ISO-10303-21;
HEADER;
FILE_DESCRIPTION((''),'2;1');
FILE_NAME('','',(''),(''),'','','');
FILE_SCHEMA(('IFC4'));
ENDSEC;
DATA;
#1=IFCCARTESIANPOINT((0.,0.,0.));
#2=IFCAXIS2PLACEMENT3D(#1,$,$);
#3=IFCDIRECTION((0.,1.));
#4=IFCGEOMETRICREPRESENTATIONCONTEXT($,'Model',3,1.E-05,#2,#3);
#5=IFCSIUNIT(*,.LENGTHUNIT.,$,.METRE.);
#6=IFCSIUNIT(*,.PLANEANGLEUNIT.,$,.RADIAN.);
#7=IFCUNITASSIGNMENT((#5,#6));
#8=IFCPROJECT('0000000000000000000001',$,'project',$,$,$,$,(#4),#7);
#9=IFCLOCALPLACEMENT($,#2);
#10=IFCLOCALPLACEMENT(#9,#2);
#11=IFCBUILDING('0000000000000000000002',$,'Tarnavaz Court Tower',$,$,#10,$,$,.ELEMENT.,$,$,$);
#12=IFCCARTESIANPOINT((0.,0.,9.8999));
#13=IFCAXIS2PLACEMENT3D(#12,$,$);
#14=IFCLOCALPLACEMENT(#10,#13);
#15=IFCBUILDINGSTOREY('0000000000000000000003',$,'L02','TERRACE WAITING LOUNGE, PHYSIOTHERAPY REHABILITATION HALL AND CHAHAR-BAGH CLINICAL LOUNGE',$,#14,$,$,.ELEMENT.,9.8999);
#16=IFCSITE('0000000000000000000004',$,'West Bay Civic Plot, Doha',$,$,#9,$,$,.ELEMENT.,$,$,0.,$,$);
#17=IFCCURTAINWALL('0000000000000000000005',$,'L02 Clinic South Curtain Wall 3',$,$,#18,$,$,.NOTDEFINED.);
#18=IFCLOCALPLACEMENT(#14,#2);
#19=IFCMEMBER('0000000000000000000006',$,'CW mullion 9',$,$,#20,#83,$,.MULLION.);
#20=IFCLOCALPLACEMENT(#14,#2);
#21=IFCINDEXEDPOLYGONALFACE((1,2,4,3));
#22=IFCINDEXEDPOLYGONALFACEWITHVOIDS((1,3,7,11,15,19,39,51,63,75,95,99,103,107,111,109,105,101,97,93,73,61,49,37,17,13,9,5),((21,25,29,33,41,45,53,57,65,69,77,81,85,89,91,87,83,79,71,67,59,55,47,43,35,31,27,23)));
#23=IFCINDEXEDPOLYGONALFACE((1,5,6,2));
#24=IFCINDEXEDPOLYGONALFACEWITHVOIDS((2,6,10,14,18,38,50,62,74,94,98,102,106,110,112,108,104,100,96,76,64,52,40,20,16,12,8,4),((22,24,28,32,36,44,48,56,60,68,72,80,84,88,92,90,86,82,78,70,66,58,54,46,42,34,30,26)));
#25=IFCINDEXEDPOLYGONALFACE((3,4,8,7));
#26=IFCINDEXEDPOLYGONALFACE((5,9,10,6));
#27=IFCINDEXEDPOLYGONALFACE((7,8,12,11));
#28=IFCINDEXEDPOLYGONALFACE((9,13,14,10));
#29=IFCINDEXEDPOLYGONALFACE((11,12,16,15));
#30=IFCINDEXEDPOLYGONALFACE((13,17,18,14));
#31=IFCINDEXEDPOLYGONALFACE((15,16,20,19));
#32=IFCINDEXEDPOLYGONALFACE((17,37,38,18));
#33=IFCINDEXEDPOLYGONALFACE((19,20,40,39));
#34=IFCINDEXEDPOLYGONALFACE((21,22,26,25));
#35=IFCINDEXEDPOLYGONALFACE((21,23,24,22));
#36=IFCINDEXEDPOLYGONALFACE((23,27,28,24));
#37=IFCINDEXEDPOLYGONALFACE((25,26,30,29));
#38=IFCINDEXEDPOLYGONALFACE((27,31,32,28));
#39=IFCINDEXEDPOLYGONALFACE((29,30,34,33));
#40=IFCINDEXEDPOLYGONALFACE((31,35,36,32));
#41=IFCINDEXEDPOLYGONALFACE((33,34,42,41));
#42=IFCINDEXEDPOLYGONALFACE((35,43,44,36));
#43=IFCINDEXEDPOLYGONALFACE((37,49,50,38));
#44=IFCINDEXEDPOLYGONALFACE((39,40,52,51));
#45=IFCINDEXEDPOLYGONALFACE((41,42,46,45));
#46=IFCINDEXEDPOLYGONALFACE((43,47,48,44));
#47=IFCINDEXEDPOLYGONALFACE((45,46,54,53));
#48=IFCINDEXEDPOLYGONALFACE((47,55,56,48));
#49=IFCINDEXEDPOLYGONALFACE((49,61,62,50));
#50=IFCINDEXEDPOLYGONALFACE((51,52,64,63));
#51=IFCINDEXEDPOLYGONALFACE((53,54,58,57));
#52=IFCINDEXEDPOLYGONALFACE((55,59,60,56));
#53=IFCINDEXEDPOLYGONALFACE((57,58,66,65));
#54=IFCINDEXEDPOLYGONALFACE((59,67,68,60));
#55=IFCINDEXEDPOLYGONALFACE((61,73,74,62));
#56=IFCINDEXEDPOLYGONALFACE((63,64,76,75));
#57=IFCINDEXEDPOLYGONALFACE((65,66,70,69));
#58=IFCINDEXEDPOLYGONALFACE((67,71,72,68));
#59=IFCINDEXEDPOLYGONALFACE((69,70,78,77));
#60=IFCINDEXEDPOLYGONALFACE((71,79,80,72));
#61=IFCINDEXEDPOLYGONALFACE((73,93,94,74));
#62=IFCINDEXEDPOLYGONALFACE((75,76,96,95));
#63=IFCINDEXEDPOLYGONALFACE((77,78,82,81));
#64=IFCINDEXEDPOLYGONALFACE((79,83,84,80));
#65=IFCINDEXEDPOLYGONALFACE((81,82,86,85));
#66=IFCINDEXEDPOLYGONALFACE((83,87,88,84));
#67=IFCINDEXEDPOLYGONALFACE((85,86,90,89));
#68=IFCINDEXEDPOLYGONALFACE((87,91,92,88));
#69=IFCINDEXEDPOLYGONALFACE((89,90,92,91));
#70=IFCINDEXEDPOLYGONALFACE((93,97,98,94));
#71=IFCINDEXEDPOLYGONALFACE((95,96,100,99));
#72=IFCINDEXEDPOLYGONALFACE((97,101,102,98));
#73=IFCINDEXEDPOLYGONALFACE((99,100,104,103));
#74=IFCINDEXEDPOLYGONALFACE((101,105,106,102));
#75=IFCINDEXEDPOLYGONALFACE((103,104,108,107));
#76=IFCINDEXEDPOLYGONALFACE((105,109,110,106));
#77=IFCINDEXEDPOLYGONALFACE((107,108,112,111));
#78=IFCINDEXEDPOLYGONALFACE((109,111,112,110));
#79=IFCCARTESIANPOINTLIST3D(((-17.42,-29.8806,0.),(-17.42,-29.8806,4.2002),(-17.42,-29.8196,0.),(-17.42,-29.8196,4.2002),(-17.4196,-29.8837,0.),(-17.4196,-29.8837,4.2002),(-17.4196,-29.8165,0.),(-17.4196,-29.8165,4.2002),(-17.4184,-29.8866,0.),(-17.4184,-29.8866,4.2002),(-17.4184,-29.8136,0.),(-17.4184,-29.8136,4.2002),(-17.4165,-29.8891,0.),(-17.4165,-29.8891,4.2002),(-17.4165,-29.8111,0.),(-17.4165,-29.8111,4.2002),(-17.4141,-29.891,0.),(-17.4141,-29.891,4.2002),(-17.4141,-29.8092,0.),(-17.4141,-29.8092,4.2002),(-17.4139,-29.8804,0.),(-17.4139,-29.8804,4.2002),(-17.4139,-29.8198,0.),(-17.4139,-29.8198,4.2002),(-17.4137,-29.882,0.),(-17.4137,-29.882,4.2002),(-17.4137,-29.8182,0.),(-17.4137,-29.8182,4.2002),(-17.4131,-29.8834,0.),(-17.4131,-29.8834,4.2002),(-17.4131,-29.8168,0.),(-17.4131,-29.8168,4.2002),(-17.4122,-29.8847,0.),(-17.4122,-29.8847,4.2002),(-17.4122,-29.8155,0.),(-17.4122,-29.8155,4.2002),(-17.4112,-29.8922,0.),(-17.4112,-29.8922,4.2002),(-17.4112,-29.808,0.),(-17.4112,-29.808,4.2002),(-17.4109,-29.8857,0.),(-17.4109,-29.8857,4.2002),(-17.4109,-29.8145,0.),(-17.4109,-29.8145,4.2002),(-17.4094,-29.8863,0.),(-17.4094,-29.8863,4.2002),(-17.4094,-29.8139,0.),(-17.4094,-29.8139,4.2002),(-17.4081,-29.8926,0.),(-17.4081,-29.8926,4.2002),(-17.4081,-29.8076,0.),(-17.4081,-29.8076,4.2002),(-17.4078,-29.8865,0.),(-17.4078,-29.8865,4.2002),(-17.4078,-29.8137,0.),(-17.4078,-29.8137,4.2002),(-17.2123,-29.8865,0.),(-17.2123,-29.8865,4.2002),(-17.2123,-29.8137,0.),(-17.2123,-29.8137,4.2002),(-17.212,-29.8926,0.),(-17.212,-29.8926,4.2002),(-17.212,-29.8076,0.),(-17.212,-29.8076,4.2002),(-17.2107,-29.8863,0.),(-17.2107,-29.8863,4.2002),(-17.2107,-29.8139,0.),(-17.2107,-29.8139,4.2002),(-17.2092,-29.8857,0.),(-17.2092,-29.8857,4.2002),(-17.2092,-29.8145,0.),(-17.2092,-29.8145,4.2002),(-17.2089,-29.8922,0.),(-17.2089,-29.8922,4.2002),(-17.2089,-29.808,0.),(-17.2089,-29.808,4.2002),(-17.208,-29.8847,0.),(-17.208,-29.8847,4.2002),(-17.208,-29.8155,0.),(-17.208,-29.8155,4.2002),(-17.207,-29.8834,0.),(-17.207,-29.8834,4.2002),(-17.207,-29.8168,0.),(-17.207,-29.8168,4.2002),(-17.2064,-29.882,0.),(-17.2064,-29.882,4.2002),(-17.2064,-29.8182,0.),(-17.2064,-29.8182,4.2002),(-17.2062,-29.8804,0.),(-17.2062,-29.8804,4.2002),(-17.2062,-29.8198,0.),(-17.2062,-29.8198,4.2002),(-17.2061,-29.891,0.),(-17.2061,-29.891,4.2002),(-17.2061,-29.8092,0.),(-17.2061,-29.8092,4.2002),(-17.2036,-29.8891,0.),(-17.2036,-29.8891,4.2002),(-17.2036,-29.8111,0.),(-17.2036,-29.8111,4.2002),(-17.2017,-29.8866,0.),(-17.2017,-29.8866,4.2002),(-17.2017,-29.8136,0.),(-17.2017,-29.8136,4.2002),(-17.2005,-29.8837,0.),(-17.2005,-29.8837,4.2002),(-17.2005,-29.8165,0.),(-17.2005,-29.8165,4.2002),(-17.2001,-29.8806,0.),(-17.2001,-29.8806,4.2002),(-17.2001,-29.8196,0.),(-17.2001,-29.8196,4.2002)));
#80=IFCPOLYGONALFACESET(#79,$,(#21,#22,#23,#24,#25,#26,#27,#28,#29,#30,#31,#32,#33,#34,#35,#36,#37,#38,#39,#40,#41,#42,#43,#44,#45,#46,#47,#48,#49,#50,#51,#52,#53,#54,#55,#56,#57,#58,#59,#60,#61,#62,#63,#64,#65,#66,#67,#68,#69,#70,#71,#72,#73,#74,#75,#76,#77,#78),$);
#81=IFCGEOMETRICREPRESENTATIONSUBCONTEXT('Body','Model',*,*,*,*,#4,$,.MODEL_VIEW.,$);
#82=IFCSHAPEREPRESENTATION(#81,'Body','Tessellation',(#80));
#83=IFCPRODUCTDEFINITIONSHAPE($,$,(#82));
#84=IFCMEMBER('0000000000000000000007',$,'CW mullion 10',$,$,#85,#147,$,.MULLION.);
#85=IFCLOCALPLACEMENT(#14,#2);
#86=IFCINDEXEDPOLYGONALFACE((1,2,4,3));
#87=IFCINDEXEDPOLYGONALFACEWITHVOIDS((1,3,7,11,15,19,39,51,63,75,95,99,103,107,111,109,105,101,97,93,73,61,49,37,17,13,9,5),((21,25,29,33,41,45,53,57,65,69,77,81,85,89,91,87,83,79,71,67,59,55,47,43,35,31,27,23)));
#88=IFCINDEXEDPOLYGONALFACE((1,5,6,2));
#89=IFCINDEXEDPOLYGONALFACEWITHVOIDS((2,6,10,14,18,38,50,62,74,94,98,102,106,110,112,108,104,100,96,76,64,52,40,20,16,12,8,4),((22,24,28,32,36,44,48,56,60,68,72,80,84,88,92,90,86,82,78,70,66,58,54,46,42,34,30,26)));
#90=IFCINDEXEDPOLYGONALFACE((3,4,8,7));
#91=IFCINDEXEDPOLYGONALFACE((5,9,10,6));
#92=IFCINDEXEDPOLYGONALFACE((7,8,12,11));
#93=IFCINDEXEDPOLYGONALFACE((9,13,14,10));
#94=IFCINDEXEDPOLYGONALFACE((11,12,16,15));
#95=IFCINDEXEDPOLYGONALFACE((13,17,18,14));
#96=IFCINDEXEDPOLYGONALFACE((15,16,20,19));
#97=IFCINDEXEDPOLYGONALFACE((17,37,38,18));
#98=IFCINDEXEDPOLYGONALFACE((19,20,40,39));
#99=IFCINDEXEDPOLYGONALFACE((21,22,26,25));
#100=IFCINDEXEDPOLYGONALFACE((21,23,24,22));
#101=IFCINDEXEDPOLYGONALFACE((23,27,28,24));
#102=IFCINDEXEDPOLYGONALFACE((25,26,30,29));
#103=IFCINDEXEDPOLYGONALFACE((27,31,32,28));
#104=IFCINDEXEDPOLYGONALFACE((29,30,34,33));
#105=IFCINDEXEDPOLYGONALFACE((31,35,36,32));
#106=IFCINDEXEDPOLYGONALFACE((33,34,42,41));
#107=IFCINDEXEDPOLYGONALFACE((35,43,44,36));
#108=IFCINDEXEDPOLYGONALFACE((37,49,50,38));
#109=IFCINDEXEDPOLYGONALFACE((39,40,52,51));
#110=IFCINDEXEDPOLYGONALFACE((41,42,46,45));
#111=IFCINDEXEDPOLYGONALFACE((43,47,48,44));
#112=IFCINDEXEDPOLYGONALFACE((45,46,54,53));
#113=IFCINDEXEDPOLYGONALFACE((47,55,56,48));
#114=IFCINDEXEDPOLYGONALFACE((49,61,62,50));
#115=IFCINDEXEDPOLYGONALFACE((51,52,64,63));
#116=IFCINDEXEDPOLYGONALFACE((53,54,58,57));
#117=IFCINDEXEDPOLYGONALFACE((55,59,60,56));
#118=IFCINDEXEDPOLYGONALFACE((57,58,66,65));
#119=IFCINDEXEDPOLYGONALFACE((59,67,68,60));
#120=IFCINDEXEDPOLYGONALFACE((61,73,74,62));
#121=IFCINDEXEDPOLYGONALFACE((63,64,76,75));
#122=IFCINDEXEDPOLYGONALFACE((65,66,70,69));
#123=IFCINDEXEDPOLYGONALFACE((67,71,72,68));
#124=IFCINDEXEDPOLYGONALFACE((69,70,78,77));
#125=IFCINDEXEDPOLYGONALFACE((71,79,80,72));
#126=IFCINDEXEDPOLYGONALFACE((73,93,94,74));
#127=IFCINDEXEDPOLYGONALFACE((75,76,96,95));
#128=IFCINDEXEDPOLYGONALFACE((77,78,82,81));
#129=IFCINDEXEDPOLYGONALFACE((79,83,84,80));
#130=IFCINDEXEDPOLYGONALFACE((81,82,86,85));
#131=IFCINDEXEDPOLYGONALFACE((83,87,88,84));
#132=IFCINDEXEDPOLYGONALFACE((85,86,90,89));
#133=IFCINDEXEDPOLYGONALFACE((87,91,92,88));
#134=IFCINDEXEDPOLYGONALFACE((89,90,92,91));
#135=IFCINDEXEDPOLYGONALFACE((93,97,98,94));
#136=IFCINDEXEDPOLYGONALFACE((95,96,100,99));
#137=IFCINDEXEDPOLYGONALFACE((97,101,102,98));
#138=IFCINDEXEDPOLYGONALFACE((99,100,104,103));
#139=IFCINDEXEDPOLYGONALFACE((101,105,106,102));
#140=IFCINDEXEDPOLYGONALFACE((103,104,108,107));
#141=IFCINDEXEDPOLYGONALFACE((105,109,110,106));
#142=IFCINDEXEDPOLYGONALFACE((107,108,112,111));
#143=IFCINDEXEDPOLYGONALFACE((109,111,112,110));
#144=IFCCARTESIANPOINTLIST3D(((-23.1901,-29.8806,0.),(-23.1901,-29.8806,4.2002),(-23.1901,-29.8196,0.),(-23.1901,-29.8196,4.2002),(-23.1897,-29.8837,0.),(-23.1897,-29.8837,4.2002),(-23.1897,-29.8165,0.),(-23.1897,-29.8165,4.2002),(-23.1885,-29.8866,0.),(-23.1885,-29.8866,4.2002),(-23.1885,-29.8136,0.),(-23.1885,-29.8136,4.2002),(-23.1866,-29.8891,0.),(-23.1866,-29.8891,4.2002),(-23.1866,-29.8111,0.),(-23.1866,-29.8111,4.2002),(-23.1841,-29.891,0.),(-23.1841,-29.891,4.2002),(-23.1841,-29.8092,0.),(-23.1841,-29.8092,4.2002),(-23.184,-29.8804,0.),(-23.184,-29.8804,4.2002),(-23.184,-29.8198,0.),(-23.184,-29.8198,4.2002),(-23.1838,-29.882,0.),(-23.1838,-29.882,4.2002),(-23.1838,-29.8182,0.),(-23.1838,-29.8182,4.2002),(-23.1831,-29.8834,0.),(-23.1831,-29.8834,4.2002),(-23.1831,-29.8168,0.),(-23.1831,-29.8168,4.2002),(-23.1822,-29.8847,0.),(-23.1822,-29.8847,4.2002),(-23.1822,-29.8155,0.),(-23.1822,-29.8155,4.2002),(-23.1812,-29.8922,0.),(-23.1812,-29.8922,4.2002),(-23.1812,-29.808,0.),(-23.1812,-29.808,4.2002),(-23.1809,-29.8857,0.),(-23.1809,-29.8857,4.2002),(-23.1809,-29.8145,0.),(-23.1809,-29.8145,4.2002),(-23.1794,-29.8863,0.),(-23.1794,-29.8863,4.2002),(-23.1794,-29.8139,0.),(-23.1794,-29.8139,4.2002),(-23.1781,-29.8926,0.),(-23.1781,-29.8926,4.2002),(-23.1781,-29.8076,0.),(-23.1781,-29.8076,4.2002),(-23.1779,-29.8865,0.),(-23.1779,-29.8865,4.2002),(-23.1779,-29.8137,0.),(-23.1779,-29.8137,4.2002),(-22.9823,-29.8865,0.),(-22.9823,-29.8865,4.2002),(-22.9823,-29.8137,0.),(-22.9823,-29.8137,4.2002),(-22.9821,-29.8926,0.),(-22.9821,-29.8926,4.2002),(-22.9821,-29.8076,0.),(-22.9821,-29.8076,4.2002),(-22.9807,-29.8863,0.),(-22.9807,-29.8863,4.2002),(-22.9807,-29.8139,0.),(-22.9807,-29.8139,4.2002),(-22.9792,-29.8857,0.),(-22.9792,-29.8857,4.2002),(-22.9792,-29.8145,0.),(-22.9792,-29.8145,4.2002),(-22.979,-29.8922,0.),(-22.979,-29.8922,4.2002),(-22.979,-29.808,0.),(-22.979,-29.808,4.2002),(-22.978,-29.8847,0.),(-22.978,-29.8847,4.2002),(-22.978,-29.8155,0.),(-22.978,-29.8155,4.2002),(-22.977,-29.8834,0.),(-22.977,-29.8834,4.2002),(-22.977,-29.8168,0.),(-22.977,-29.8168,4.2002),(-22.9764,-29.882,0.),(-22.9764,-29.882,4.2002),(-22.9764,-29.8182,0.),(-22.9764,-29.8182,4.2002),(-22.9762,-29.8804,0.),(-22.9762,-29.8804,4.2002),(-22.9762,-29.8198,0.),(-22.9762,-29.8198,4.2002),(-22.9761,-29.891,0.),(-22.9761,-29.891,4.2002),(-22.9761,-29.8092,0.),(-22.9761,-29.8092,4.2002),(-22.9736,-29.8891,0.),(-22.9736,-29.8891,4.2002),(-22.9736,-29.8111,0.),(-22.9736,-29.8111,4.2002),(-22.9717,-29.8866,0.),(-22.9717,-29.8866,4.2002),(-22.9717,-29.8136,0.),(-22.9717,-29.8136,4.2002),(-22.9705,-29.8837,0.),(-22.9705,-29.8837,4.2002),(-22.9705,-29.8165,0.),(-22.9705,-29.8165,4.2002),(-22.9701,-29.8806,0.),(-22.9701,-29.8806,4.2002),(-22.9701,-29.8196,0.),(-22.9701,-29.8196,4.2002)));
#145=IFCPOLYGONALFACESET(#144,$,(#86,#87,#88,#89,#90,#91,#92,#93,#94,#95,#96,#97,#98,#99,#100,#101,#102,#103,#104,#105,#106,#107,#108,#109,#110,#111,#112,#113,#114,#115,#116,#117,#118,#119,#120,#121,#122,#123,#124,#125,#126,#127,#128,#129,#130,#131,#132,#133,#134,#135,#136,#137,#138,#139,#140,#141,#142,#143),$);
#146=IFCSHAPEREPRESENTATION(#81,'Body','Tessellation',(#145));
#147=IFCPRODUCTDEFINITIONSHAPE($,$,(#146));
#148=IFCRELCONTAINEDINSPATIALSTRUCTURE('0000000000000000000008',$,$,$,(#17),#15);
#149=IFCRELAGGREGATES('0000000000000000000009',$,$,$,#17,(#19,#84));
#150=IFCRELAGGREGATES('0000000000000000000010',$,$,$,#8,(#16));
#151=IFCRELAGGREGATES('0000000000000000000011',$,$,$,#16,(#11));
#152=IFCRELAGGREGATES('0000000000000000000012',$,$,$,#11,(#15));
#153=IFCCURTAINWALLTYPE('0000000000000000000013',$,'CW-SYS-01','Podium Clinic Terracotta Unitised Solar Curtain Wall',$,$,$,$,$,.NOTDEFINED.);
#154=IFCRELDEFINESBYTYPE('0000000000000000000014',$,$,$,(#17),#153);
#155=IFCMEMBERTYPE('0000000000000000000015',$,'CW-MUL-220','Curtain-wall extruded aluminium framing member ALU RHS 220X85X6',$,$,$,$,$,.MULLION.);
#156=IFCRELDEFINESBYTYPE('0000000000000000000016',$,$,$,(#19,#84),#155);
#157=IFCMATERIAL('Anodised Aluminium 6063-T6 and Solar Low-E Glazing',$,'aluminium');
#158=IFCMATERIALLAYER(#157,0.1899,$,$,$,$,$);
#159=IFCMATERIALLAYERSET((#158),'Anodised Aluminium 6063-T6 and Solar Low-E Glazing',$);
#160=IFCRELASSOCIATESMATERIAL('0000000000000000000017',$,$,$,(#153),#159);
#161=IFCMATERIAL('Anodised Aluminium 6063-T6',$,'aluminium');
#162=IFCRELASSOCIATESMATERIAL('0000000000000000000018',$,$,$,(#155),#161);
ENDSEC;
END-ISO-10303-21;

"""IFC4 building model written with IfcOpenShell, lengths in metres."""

from ifc_helpers import new_model, si_unit, direction, frame, origin, origin_2d, place, context, subcontext, project, spatial, hollow_rectangle, extrude, material, layer, layer_set, material_profile, profile_set, type_object, element, aggregate, save


model = new_model("IFC4")

# Units and contexts
model_context = context("Model", 3, precision=1e-05, world=origin(), true_north=direction((0.0, 1.0)))
body_context = subcontext(model_context, "Body", "Model", "MODEL_VIEW")
ifc_project = project(units=[si_unit("LENGTHUNIT", "METRE"), si_unit("PLANEANGLEUNIT", "RADIAN")], contexts=[model_context])

# Site, building, storey
site_placement = place(None, origin())
site = spatial("IfcSite", under=ifc_project, at=site_placement, Name="West Bay Civic Plot, Doha", CompositionType="ELEMENT", RefElevation=0.0)
building_placement = place(site_placement, origin())
building = spatial("IfcBuilding", under=site, at=building_placement, Name="Tarnavaz Court Tower", CompositionType="ELEMENT")
storey_placement = place(building_placement, frame((0.0, 0.0, 9.8999)))
storey = spatial("IfcBuildingStorey", under=building, at=storey_placement, Name="L02", Description="TERRACE WAITING LOUNGE, PHYSIOTHERAPY REHABILITATION HALL AND CHAHAR-BAGH CLINICAL LOUNGE", CompositionType="ELEMENT", Elevation=9.8999)

# Curtain wall, members
ifc_material_1 = material(Name="Anodised Aluminium 6063-T6 and Solar Low-E Glazing", Category="aluminium")
ifc_layer_1 = layer(ifc_material_1, 0.1899)
ifc_layer_set_1 = layer_set([ifc_layer_1], Name="Anodised Aluminium 6063-T6 and Solar Low-E Glazing")
curtain_wall_type = type_object("IfcCurtainWallType", Name="CW-SYS-01", Description="Podium Clinic Terracotta Unitised Solar Curtain Wall", PredefinedType="NOTDEFINED", material=ifc_layer_set_1)
curtain_wall_placement = place(storey_placement, origin())
curtain_wall = element("IfcCurtainWall", 1, at=curtain_wall_placement, inside=storey, type_object=curtain_wall_type, Name="L02 Clinic South Curtain Wall 3", PredefinedType="NOTDEFINED")
ifc_material_2 = material(Name="Anodised Aluminium 6063-T6", Category="aluminium")
ifc_material_profile_1 = material_profile(ifc_material_2, hollow_rectangle(XDim=0.085, YDim=0.22, WallThickness=0.0061, InnerFilletRadius=0.0061, OuterFilletRadius=0.012, at=origin_2d()), Name="ALU RHS 220X85X6")
ifc_profile_set_1 = profile_set([ifc_material_profile_1], Name="Anodised Aluminium 6063-T6")
member_type_1 = type_object("IfcMemberType", Name="CW-MUL-220", Description="Curtain-wall extruded aluminium framing member ALU RHS 220X85X6", PredefinedType="MULLION", material=ifc_profile_set_1)
member_1_placement = place(storey_placement, frame((-17.3101, -29.8501, 0.0), z_axis=(0.0, 0.0, 1.0), x_axis=(0.0, -1.0, 0.0)))
member_1 = element("IfcMember", 2, at=member_1_placement, type_object=member_type_1, Name="CW mullion 9", PredefinedType="MULLION", context=body_context, shape_type="SweptSolid", body=[
    extrude(hollow_rectangle(XDim=0.085, YDim=0.22, WallThickness=0.0061, InnerFilletRadius=0.0061, OuterFilletRadius=0.012, at=origin_2d()), origin(), (0.0, 0.0, 1.0), 4.2002),
])
member_2_placement = place(storey_placement, frame((-23.0801, -29.8501, 0.0), z_axis=(0.0, 0.0, 1.0), x_axis=(0.0, -1.0, 0.0)))
member_2 = element("IfcMember", 3, at=member_2_placement, type_object=member_type_1, Name="CW mullion 10", PredefinedType="MULLION", context=body_context, shape_type="SweptSolid", body=[
    extrude(hollow_rectangle(XDim=0.085, YDim=0.22, WallThickness=0.0061, InnerFilletRadius=0.0061, OuterFilletRadius=0.012, at=origin_2d()), origin(), (0.0, 0.0, 1.0), 4.2002),
])
aggregate(curtain_wall, [member_1, member_2])

save(model, "model.ifc")
